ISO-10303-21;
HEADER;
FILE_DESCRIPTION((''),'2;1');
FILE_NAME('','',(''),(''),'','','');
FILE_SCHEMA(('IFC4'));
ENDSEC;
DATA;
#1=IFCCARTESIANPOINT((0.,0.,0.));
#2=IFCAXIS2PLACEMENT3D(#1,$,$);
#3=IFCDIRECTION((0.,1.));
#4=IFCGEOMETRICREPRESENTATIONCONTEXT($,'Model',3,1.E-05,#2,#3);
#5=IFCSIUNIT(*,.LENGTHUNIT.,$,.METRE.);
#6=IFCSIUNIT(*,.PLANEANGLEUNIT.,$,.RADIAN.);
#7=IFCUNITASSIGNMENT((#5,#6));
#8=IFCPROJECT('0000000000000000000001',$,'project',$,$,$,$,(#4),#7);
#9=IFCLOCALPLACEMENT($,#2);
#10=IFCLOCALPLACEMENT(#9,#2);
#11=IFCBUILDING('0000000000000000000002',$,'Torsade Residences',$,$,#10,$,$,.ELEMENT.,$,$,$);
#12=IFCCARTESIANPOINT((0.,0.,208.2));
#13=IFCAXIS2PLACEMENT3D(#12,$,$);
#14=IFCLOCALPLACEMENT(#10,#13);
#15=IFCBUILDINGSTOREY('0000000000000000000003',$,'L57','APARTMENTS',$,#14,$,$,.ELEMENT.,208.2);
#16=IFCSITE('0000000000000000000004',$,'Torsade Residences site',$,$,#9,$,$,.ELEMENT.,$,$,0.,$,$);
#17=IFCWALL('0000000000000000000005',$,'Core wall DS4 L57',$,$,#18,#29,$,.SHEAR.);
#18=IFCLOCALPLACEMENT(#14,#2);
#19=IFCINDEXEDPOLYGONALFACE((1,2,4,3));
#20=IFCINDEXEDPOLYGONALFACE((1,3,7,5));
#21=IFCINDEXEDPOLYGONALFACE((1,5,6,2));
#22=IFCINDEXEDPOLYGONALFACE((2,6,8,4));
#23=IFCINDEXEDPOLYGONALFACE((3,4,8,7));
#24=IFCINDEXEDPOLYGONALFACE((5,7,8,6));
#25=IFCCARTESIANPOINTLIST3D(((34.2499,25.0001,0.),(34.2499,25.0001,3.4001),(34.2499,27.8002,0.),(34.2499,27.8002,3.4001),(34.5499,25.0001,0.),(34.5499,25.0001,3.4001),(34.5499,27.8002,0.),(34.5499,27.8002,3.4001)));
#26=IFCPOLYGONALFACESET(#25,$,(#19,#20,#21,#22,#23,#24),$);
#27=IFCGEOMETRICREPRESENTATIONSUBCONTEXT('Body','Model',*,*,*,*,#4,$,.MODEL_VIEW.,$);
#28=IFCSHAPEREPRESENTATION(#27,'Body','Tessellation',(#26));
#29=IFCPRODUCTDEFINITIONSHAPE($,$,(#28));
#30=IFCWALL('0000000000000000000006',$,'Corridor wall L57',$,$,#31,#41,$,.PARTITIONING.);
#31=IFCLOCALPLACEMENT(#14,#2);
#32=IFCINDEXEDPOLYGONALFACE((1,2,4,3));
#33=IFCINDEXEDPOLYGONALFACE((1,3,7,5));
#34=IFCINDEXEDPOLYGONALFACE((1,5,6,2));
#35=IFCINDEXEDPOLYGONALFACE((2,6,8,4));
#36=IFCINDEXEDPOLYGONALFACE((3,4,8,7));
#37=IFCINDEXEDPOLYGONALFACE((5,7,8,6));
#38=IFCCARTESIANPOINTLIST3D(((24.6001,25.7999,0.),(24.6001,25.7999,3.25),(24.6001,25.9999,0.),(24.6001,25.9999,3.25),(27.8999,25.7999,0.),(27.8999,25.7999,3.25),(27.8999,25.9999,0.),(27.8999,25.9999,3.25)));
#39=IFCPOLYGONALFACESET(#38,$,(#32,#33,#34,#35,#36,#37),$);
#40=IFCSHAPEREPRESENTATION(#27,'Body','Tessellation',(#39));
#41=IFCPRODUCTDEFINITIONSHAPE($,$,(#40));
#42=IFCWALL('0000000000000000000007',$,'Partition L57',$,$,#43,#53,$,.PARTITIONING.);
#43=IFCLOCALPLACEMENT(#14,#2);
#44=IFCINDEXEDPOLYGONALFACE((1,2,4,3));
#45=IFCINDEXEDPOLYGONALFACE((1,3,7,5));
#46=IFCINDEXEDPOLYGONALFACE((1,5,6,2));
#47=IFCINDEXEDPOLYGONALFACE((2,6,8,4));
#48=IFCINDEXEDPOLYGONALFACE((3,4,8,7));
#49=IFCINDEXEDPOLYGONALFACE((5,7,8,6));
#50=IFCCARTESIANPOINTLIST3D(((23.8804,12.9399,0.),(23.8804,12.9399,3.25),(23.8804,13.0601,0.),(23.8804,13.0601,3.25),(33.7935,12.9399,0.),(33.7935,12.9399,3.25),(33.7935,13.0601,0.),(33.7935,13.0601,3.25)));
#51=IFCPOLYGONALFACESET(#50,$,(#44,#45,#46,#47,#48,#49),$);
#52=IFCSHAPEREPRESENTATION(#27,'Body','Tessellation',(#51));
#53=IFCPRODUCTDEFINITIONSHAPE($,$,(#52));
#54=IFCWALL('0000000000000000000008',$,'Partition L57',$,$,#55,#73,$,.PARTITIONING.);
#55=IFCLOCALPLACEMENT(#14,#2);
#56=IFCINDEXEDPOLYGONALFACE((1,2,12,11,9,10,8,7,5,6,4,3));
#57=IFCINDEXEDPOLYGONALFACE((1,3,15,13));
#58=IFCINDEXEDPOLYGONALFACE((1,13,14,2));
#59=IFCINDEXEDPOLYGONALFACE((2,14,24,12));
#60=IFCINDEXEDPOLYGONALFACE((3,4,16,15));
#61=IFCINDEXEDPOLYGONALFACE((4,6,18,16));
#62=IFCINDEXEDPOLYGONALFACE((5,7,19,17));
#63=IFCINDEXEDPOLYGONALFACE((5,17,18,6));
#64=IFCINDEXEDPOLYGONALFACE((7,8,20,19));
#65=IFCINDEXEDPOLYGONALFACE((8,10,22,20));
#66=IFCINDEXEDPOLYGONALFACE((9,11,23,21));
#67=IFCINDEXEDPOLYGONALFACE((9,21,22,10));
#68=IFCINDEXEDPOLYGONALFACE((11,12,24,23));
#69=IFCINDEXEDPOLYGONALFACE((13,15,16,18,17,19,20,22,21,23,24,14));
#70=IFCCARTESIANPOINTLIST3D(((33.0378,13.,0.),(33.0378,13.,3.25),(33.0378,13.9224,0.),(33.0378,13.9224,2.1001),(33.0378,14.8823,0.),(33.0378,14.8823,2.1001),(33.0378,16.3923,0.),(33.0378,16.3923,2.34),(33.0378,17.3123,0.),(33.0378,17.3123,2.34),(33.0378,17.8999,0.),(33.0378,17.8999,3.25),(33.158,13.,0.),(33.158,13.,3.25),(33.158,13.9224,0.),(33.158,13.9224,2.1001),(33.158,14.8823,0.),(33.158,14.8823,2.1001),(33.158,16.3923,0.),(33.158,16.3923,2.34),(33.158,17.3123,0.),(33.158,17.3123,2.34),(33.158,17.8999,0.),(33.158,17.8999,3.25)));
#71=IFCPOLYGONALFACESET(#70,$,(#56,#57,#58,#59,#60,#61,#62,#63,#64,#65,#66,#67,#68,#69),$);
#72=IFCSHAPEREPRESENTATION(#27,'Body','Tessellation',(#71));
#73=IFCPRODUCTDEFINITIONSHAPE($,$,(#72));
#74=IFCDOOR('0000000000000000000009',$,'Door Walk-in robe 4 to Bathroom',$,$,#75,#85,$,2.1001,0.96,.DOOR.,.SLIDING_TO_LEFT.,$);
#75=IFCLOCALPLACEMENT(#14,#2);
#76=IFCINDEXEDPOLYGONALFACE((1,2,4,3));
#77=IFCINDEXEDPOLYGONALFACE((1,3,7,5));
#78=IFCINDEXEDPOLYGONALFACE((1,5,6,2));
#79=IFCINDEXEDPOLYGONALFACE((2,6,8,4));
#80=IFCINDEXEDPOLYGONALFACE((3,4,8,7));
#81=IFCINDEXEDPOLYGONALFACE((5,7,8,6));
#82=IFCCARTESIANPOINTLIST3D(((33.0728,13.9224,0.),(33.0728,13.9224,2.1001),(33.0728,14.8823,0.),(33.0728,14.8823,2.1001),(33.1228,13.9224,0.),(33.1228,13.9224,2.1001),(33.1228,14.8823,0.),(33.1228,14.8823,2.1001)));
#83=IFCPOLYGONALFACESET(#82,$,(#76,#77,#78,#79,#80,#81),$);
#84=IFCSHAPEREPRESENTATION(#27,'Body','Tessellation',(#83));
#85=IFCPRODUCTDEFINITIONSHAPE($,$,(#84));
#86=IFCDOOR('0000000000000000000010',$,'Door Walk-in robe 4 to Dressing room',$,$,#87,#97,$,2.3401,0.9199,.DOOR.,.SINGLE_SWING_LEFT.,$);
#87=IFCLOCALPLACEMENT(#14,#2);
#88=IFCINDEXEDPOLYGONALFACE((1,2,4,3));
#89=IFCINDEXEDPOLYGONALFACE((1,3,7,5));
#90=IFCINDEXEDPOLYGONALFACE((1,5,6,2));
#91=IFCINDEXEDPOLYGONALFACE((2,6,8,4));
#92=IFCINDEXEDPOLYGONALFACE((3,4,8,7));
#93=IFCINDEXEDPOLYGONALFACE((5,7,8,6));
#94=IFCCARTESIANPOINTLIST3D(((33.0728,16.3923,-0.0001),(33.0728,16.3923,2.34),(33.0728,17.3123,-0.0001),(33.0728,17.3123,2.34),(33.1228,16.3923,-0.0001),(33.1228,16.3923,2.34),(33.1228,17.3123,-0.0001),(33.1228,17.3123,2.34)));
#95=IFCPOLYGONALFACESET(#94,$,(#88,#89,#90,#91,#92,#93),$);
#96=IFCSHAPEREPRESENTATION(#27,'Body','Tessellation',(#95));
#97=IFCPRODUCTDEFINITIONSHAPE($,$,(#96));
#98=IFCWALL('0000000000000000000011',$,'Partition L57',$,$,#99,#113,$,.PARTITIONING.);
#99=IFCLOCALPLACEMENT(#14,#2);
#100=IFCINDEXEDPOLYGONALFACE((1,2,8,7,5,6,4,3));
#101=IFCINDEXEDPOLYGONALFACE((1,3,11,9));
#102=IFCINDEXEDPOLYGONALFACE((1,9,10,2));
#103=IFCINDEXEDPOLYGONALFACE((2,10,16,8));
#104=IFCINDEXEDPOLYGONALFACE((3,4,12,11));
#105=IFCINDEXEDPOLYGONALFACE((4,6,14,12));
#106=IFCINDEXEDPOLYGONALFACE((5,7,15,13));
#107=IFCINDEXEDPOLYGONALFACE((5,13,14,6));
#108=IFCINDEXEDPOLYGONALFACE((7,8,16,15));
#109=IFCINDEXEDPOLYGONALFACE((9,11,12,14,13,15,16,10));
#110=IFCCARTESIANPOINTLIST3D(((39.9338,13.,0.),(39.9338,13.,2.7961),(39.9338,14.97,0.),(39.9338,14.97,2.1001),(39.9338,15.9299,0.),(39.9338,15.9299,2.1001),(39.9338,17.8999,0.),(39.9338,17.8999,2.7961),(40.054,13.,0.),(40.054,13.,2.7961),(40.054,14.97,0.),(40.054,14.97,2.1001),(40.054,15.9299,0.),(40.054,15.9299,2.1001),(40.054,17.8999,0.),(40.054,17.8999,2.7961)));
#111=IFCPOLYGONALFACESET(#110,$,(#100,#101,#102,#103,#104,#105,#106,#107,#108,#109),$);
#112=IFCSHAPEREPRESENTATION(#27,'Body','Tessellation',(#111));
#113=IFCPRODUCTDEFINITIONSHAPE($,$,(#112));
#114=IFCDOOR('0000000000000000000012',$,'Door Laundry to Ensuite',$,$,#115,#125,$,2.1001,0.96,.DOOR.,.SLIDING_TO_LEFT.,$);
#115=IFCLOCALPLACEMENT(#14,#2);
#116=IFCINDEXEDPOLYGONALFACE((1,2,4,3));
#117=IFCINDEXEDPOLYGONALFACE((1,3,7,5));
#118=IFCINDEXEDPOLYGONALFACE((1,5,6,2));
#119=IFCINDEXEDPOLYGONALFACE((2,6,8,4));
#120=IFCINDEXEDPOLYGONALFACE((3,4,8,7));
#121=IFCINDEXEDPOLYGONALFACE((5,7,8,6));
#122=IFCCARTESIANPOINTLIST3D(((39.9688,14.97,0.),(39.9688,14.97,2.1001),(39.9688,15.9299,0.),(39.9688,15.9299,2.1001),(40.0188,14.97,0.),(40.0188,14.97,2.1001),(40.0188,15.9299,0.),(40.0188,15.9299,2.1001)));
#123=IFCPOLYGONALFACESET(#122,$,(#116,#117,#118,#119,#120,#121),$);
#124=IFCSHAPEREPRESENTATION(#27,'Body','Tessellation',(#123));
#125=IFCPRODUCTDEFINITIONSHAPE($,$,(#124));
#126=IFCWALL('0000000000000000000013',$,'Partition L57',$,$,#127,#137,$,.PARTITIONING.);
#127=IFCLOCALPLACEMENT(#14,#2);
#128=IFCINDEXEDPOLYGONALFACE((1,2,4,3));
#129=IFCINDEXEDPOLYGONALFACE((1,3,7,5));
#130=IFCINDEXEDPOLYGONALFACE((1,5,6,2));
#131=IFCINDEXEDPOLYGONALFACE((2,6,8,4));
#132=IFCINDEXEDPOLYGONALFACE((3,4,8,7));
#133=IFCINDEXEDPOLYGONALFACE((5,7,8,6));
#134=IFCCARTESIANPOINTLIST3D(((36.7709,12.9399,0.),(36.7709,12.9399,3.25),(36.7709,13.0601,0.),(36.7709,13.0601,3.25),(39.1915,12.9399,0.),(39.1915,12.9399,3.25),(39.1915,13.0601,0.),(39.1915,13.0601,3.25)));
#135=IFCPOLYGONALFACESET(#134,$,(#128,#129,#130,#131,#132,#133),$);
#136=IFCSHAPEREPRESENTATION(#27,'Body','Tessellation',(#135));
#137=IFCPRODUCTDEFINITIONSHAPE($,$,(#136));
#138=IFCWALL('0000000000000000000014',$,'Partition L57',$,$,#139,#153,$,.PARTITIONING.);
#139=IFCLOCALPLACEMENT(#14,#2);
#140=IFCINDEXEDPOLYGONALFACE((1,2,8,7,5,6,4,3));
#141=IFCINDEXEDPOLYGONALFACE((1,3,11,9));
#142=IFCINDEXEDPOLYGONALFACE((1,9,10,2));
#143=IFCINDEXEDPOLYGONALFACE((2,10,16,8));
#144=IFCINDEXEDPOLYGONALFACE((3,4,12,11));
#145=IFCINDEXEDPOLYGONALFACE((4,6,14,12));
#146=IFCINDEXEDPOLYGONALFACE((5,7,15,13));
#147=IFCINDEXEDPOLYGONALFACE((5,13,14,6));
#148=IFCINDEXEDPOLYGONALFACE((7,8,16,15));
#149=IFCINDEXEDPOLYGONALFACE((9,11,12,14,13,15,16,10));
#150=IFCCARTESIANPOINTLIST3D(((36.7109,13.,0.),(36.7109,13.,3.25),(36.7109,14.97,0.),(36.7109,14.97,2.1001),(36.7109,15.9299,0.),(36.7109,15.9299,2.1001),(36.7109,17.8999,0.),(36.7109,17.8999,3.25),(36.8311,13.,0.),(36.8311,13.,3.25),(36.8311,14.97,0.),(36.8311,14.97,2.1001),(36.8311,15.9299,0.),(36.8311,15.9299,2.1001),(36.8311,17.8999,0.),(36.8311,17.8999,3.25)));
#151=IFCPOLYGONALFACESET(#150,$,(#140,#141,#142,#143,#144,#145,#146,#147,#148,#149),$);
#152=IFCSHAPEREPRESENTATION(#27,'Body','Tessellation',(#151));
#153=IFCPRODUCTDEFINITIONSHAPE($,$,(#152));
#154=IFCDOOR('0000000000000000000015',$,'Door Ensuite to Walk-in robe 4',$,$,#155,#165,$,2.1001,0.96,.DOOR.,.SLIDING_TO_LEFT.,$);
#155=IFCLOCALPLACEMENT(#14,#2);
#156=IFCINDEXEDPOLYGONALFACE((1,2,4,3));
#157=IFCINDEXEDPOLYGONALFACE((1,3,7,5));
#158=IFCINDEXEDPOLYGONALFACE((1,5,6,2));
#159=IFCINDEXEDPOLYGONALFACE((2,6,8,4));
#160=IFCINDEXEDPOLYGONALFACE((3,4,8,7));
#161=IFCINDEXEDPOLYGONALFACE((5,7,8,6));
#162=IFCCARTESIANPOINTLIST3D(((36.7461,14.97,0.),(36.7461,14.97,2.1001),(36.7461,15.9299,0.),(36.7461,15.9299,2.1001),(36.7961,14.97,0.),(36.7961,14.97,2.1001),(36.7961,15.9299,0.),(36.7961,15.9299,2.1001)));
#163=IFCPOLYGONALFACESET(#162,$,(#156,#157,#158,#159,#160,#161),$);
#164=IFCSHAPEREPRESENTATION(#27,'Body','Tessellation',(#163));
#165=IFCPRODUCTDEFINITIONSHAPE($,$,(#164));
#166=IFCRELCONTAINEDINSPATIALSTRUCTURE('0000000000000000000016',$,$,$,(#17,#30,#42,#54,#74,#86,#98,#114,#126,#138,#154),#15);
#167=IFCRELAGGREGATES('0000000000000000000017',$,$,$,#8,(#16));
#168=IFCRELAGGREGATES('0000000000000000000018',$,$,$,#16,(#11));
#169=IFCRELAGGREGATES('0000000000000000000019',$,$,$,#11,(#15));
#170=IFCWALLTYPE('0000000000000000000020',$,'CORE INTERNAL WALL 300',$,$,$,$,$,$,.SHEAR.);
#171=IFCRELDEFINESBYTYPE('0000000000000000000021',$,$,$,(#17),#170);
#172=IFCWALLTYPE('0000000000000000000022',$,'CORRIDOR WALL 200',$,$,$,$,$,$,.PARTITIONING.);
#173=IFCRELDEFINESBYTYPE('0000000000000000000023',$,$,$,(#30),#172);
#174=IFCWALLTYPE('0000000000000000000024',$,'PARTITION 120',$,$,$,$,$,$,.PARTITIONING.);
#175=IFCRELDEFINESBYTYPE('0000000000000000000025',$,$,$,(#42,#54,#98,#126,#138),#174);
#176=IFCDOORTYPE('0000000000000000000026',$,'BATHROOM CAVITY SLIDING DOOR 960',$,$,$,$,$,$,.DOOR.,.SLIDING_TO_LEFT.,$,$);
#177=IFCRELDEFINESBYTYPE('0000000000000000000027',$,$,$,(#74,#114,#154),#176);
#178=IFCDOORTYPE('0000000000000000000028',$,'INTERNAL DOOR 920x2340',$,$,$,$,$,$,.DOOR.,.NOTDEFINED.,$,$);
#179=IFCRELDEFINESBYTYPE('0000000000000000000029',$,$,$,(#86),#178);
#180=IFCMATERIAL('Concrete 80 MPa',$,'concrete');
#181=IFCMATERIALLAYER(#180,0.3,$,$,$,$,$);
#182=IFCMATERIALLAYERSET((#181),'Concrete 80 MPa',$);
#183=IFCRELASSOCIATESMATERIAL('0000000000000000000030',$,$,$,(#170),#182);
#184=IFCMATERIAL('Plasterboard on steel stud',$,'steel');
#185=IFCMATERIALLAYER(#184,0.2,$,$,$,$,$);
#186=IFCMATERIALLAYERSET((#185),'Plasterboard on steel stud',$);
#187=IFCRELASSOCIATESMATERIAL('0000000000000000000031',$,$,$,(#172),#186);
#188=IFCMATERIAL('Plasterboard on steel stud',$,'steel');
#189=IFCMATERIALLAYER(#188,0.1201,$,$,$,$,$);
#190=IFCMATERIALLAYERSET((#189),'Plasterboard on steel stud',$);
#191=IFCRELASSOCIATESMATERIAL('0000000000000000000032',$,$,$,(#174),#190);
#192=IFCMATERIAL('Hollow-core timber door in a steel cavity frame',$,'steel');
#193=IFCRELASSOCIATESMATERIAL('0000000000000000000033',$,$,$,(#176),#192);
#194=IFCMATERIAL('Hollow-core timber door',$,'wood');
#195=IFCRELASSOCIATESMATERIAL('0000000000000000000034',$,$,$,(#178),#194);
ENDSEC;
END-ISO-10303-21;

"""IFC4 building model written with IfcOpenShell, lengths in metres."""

from ifc_helpers import new_model, si_unit, direction, frame, frame_2d, origin, place, context, subcontext, project, spatial, rectangle, extrude, material, layer, layer_set, type_object, element, fill, save


model = new_model("IFC4")

# Units and contexts
model_context = context("Model", 3, precision=1e-05, world=origin(), true_north=direction((0.0, 1.0)))
body_context = subcontext(model_context, "Body", "Model", "MODEL_VIEW")
ifc_project = project(units=[si_unit("LENGTHUNIT", "METRE"), si_unit("PLANEANGLEUNIT", "RADIAN")], contexts=[model_context])

# Site, building, storey
site_placement = place(None, origin())
site = spatial("IfcSite", under=ifc_project, at=site_placement, Name="Torsade Residences site", CompositionType="ELEMENT", RefElevation=0.0)
building_placement = place(site_placement, origin())
building = spatial("IfcBuilding", under=site, at=building_placement, Name="Torsade Residences", CompositionType="ELEMENT")
storey_placement = place(building_placement, frame((0.0, 0.0, 208.2)))
storey = spatial("IfcBuildingStorey", under=building, at=storey_placement, Name="L57", Description="APARTMENTS", CompositionType="ELEMENT", Elevation=208.2)

# Walls
ifc_material_1 = material(Name="Concrete 80 MPa", Category="concrete")
ifc_layer_1 = layer(ifc_material_1, 0.3)
ifc_layer_set_1 = layer_set([ifc_layer_1], Name="Concrete 80 MPa")
wall_type_1 = type_object("IfcWallType", Name="CORE INTERNAL WALL 300", PredefinedType="SHEAR", material=ifc_layer_set_1)
wall_1_placement = place(storey_placement, frame((34.3999, 27.8, 0.0), z_axis=(0.0, 0.0, 1.0), x_axis=(0.0, -1.0, 0.0)))
element("IfcWall", 1, at=wall_1_placement, inside=storey, type_object=wall_type_1, Name="Core wall DS4 L57", PredefinedType="SHEAR", context=body_context, shape_type="SweptSolid", body=[
    extrude(rectangle(XDim=2.8, YDim=0.3, at=frame_2d((1.3999, 0.0))), origin(), (0.0, 0.0, 1.0), 3.4001),
])
ifc_material_2 = material(Name="Plasterboard on steel stud", Category="steel")
ifc_layer_2 = layer(ifc_material_2, 0.2)
ifc_layer_set_2 = layer_set([ifc_layer_2], Name="Plasterboard on steel stud")
wall_type_2 = type_object("IfcWallType", Name="CORRIDOR WALL 200", PredefinedType="PARTITIONING", material=ifc_layer_set_2)
wall_2_placement = place(storey_placement, frame((27.8999, 25.8999, 0.0), z_axis=(0.0, 0.0, 1.0), x_axis=(-1.0, 0.0, 0.0)))
element("IfcWall", 2, at=wall_2_placement, inside=storey, type_object=wall_type_2, Name="Corridor wall L57", PredefinedType="PARTITIONING", context=body_context, shape_type="SweptSolid", body=[
    extrude(rectangle(XDim=3.2998, YDim=0.2, at=frame_2d((1.6499, 0.0))), origin(), (0.0, 0.0, 1.0), 3.25),
])
ifc_material_3 = material(Name="Plasterboard on steel stud", Category="steel")
ifc_layer_3 = layer(ifc_material_3, 0.1201)
ifc_layer_set_3 = layer_set([ifc_layer_3], Name="Plasterboard on steel stud")
wall_type_3 = type_object("IfcWallType", Name="PARTITION 120", PredefinedType="PARTITIONING", material=ifc_layer_set_3)
wall_3_placement = place(storey_placement, frame((33.7935, 13.0, 0.0), z_axis=(0.0, 0.0, 1.0), x_axis=(-1.0, 0.0, 0.0)))
element("IfcWall", 3, at=wall_3_placement, inside=storey, type_object=wall_type_3, Name="Partition L57", PredefinedType="PARTITIONING", context=body_context, shape_type="SweptSolid", body=[
    extrude(rectangle(XDim=9.9131, YDim=0.1201, at=frame_2d((4.9565, 0.0))), origin(), (0.0, 0.0, 1.0), 3.25),
])

# Wall, openings, doors
wall_4_placement = place(storey_placement, frame((33.0979, 17.8999, 0.0), z_axis=(0.0, 0.0, 1.0), x_axis=(0.0, -1.0, 0.0)))
wall_4 = element("IfcWall", 4, at=wall_4_placement, inside=storey, type_object=wall_type_3, Name="Partition L57", PredefinedType="PARTITIONING", context=body_context, shape_type="SweptSolid", body=[
    extrude(rectangle(XDim=4.8999, YDim=0.1201, at=frame_2d((2.45, 0.0))), origin(), (0.0, 0.0, 1.0), 3.25),
])
opening_1_placement = place(wall_4_placement, frame((3.0176, 0.0, 0.0)))
opening_1 = element("IfcOpeningElement", 5, at=opening_1_placement, cuts=wall_4, PredefinedType="OPENING", context=body_context, shape_type="SweptSolid", body=[
    extrude(rectangle(XDim=0.96, YDim=2.1001, at=frame_2d((0.48, 1.05))), frame((0.0, 0.0701, 0.0), z_axis=(0.0, -1.0, 0.0), x_axis=(1.0, 0.0, 0.0)), (0.0, 0.0, 1.0), 0.1401),
])
opening_2_placement = place(wall_4_placement, frame((0.5876, 0.0, 0.0)))
opening_2 = element("IfcOpeningElement", 6, at=opening_2_placement, cuts=wall_4, PredefinedType="OPENING", context=body_context, shape_type="SweptSolid", body=[
    extrude(rectangle(XDim=0.9199, YDim=2.3401, at=frame_2d((0.46, 1.1699))), frame((0.0, 0.0701, 0.0), z_axis=(0.0, -1.0, 0.0), x_axis=(1.0, 0.0, 0.0)), (0.0, 0.0, 1.0), 0.1401),
])
ifc_material_4 = material(Name="Hollow-core timber door in a steel cavity frame", Category="steel")
door_type_1 = type_object("IfcDoorType", Name="BATHROOM CAVITY SLIDING DOOR 960", OperationType="SLIDING_TO_LEFT", PredefinedType="DOOR", material=ifc_material_4)
door_1_placement = place(opening_1_placement, origin())
door_1 = element("IfcDoor", 7, at=door_1_placement, inside=storey, type_object=door_type_1, Name="Door Walk-in robe 4 to Bathroom", OperationType="SLIDING_TO_LEFT", OverallHeight=2.1001, OverallWidth=0.96, PredefinedType="DOOR", context=body_context, shape_type="SweptSolid", body=[
    extrude(rectangle(XDim=0.96, YDim=2.1001, at=frame_2d((0.48, 1.05))), frame((0.0, 0.0249, 0.0), z_axis=(0.0, -1.0, 0.0), x_axis=(1.0, 0.0, 0.0)), (0.0, 0.0, 1.0), 0.05),
])
fill(opening_1, door_1)
ifc_material_5 = material(Name="Hollow-core timber door", Category="wood")
door_type_2 = type_object("IfcDoorType", Name="INTERNAL DOOR 920x2340", OperationType="NOTDEFINED", PredefinedType="DOOR", material=ifc_material_5)
door_2_placement = place(opening_2_placement, origin())
door_2 = element("IfcDoor", 8, at=door_2_placement, inside=storey, type_object=door_type_2, Name="Door Walk-in robe 4 to Dressing room", OperationType="SINGLE_SWING_LEFT", OverallHeight=2.3401, OverallWidth=0.9199, PredefinedType="DOOR", context=body_context, shape_type="SweptSolid", body=[
    extrude(rectangle(XDim=0.9199, YDim=2.3401, at=frame_2d((0.46, 1.1699))), frame((0.0, 0.0249, 0.0), z_axis=(0.0, -1.0, 0.0), x_axis=(1.0, 0.0, 0.0)), (0.0, 0.0, 1.0), 0.05),
])
fill(opening_2, door_2)

# Wall, opening, door
wall_5_placement = place(storey_placement, frame((39.9939, 17.8999, 0.0), z_axis=(0.0, 0.0, 1.0), x_axis=(0.0, -1.0, 0.0)))
wall_5 = element("IfcWall", 9, at=wall_5_placement, inside=storey, type_object=wall_type_3, Name="Partition L57", PredefinedType="PARTITIONING", context=body_context, shape_type="SweptSolid", body=[
    extrude(rectangle(XDim=4.8999, YDim=0.1201, at=frame_2d((2.45, 0.0))), origin(), (0.0, 0.0, 1.0), 2.7961),
])
opening_3_placement = place(wall_5_placement, frame((1.97, 0.0, 0.0)))
opening_3 = element("IfcOpeningElement", 10, at=opening_3_placement, cuts=wall_5, PredefinedType="OPENING", context=body_context, shape_type="SweptSolid", body=[
    extrude(rectangle(XDim=0.96, YDim=2.1001, at=frame_2d((0.48, 1.05))), frame((0.0, 0.0701, 0.0), z_axis=(0.0, -1.0, 0.0), x_axis=(1.0, 0.0, 0.0)), (0.0, 0.0, 1.0), 0.1401),
])
door_3_placement = place(opening_3_placement, origin())
door_3 = element("IfcDoor", 11, at=door_3_placement, inside=storey, type_object=door_type_1, Name="Door Laundry to Ensuite", OperationType="SLIDING_TO_LEFT", OverallHeight=2.1001, OverallWidth=0.96, PredefinedType="DOOR", context=body_context, shape_type="SweptSolid", body=[
    extrude(rectangle(XDim=0.96, YDim=2.1001, at=frame_2d((0.48, 1.05))), frame((0.0, 0.0249, 0.0), z_axis=(0.0, -1.0, 0.0), x_axis=(1.0, 0.0, 0.0)), (0.0, 0.0, 1.0), 0.05),
])
fill(opening_3, door_3)

# Wall
wall_6_placement = place(storey_placement, frame((39.1917, 13.0, 0.0), z_axis=(0.0, 0.0, 1.0), x_axis=(-1.0, 0.0, 0.0)))
element("IfcWall", 12, at=wall_6_placement, inside=storey, type_object=wall_type_3, Name="Partition L57", PredefinedType="PARTITIONING", context=body_context, shape_type="SweptSolid", body=[
    extrude(rectangle(XDim=2.4207, YDim=0.1201, at=frame_2d((1.2104, 0.0))), origin(), (0.0, 0.0, 1.0), 3.25),
])

# Wall, opening, door
wall_7_placement = place(storey_placement, frame((36.771, 13.0, 0.0), z_axis=(0.0, 0.0, 1.0), x_axis=(0.0, 1.0, 0.0)))
wall_7 = element("IfcWall", 13, at=wall_7_placement, inside=storey, type_object=wall_type_3, Name="Partition L57", PredefinedType="PARTITIONING", context=body_context, shape_type="SweptSolid", body=[
    extrude(rectangle(XDim=4.8999, YDim=0.1201, at=frame_2d((2.45, 0.0))), origin(), (0.0, 0.0, 1.0), 3.25),
])
opening_4_placement = place(wall_7_placement, frame((1.97, 0.0, 0.0)))
opening_4 = element("IfcOpeningElement", 14, at=opening_4_placement, cuts=wall_7, PredefinedType="OPENING", context=body_context, shape_type="SweptSolid", body=[
    extrude(rectangle(XDim=0.96, YDim=2.1001, at=frame_2d((0.48, 1.05))), frame((0.0, 0.0701, 0.0), z_axis=(0.0, -1.0, 0.0), x_axis=(1.0, 0.0, 0.0)), (0.0, 0.0, 1.0), 0.1401),
])
door_4_placement = place(opening_4_placement, origin())
door_4 = element("IfcDoor", 15, at=door_4_placement, inside=storey, type_object=door_type_1, Name="Door Ensuite to Walk-in robe 4", OperationType="SLIDING_TO_LEFT", OverallHeight=2.1001, OverallWidth=0.96, PredefinedType="DOOR", context=body_context, shape_type="SweptSolid", body=[
    extrude(rectangle(XDim=0.96, YDim=2.1001, at=frame_2d((0.48, 1.05))), frame((0.0, 0.0249, 0.0), z_axis=(0.0, -1.0, 0.0), x_axis=(1.0, 0.0, 0.0)), (0.0, 0.0, 1.0), 0.05),
])
fill(opening_4, door_4)

save(model, "model.ifc")
